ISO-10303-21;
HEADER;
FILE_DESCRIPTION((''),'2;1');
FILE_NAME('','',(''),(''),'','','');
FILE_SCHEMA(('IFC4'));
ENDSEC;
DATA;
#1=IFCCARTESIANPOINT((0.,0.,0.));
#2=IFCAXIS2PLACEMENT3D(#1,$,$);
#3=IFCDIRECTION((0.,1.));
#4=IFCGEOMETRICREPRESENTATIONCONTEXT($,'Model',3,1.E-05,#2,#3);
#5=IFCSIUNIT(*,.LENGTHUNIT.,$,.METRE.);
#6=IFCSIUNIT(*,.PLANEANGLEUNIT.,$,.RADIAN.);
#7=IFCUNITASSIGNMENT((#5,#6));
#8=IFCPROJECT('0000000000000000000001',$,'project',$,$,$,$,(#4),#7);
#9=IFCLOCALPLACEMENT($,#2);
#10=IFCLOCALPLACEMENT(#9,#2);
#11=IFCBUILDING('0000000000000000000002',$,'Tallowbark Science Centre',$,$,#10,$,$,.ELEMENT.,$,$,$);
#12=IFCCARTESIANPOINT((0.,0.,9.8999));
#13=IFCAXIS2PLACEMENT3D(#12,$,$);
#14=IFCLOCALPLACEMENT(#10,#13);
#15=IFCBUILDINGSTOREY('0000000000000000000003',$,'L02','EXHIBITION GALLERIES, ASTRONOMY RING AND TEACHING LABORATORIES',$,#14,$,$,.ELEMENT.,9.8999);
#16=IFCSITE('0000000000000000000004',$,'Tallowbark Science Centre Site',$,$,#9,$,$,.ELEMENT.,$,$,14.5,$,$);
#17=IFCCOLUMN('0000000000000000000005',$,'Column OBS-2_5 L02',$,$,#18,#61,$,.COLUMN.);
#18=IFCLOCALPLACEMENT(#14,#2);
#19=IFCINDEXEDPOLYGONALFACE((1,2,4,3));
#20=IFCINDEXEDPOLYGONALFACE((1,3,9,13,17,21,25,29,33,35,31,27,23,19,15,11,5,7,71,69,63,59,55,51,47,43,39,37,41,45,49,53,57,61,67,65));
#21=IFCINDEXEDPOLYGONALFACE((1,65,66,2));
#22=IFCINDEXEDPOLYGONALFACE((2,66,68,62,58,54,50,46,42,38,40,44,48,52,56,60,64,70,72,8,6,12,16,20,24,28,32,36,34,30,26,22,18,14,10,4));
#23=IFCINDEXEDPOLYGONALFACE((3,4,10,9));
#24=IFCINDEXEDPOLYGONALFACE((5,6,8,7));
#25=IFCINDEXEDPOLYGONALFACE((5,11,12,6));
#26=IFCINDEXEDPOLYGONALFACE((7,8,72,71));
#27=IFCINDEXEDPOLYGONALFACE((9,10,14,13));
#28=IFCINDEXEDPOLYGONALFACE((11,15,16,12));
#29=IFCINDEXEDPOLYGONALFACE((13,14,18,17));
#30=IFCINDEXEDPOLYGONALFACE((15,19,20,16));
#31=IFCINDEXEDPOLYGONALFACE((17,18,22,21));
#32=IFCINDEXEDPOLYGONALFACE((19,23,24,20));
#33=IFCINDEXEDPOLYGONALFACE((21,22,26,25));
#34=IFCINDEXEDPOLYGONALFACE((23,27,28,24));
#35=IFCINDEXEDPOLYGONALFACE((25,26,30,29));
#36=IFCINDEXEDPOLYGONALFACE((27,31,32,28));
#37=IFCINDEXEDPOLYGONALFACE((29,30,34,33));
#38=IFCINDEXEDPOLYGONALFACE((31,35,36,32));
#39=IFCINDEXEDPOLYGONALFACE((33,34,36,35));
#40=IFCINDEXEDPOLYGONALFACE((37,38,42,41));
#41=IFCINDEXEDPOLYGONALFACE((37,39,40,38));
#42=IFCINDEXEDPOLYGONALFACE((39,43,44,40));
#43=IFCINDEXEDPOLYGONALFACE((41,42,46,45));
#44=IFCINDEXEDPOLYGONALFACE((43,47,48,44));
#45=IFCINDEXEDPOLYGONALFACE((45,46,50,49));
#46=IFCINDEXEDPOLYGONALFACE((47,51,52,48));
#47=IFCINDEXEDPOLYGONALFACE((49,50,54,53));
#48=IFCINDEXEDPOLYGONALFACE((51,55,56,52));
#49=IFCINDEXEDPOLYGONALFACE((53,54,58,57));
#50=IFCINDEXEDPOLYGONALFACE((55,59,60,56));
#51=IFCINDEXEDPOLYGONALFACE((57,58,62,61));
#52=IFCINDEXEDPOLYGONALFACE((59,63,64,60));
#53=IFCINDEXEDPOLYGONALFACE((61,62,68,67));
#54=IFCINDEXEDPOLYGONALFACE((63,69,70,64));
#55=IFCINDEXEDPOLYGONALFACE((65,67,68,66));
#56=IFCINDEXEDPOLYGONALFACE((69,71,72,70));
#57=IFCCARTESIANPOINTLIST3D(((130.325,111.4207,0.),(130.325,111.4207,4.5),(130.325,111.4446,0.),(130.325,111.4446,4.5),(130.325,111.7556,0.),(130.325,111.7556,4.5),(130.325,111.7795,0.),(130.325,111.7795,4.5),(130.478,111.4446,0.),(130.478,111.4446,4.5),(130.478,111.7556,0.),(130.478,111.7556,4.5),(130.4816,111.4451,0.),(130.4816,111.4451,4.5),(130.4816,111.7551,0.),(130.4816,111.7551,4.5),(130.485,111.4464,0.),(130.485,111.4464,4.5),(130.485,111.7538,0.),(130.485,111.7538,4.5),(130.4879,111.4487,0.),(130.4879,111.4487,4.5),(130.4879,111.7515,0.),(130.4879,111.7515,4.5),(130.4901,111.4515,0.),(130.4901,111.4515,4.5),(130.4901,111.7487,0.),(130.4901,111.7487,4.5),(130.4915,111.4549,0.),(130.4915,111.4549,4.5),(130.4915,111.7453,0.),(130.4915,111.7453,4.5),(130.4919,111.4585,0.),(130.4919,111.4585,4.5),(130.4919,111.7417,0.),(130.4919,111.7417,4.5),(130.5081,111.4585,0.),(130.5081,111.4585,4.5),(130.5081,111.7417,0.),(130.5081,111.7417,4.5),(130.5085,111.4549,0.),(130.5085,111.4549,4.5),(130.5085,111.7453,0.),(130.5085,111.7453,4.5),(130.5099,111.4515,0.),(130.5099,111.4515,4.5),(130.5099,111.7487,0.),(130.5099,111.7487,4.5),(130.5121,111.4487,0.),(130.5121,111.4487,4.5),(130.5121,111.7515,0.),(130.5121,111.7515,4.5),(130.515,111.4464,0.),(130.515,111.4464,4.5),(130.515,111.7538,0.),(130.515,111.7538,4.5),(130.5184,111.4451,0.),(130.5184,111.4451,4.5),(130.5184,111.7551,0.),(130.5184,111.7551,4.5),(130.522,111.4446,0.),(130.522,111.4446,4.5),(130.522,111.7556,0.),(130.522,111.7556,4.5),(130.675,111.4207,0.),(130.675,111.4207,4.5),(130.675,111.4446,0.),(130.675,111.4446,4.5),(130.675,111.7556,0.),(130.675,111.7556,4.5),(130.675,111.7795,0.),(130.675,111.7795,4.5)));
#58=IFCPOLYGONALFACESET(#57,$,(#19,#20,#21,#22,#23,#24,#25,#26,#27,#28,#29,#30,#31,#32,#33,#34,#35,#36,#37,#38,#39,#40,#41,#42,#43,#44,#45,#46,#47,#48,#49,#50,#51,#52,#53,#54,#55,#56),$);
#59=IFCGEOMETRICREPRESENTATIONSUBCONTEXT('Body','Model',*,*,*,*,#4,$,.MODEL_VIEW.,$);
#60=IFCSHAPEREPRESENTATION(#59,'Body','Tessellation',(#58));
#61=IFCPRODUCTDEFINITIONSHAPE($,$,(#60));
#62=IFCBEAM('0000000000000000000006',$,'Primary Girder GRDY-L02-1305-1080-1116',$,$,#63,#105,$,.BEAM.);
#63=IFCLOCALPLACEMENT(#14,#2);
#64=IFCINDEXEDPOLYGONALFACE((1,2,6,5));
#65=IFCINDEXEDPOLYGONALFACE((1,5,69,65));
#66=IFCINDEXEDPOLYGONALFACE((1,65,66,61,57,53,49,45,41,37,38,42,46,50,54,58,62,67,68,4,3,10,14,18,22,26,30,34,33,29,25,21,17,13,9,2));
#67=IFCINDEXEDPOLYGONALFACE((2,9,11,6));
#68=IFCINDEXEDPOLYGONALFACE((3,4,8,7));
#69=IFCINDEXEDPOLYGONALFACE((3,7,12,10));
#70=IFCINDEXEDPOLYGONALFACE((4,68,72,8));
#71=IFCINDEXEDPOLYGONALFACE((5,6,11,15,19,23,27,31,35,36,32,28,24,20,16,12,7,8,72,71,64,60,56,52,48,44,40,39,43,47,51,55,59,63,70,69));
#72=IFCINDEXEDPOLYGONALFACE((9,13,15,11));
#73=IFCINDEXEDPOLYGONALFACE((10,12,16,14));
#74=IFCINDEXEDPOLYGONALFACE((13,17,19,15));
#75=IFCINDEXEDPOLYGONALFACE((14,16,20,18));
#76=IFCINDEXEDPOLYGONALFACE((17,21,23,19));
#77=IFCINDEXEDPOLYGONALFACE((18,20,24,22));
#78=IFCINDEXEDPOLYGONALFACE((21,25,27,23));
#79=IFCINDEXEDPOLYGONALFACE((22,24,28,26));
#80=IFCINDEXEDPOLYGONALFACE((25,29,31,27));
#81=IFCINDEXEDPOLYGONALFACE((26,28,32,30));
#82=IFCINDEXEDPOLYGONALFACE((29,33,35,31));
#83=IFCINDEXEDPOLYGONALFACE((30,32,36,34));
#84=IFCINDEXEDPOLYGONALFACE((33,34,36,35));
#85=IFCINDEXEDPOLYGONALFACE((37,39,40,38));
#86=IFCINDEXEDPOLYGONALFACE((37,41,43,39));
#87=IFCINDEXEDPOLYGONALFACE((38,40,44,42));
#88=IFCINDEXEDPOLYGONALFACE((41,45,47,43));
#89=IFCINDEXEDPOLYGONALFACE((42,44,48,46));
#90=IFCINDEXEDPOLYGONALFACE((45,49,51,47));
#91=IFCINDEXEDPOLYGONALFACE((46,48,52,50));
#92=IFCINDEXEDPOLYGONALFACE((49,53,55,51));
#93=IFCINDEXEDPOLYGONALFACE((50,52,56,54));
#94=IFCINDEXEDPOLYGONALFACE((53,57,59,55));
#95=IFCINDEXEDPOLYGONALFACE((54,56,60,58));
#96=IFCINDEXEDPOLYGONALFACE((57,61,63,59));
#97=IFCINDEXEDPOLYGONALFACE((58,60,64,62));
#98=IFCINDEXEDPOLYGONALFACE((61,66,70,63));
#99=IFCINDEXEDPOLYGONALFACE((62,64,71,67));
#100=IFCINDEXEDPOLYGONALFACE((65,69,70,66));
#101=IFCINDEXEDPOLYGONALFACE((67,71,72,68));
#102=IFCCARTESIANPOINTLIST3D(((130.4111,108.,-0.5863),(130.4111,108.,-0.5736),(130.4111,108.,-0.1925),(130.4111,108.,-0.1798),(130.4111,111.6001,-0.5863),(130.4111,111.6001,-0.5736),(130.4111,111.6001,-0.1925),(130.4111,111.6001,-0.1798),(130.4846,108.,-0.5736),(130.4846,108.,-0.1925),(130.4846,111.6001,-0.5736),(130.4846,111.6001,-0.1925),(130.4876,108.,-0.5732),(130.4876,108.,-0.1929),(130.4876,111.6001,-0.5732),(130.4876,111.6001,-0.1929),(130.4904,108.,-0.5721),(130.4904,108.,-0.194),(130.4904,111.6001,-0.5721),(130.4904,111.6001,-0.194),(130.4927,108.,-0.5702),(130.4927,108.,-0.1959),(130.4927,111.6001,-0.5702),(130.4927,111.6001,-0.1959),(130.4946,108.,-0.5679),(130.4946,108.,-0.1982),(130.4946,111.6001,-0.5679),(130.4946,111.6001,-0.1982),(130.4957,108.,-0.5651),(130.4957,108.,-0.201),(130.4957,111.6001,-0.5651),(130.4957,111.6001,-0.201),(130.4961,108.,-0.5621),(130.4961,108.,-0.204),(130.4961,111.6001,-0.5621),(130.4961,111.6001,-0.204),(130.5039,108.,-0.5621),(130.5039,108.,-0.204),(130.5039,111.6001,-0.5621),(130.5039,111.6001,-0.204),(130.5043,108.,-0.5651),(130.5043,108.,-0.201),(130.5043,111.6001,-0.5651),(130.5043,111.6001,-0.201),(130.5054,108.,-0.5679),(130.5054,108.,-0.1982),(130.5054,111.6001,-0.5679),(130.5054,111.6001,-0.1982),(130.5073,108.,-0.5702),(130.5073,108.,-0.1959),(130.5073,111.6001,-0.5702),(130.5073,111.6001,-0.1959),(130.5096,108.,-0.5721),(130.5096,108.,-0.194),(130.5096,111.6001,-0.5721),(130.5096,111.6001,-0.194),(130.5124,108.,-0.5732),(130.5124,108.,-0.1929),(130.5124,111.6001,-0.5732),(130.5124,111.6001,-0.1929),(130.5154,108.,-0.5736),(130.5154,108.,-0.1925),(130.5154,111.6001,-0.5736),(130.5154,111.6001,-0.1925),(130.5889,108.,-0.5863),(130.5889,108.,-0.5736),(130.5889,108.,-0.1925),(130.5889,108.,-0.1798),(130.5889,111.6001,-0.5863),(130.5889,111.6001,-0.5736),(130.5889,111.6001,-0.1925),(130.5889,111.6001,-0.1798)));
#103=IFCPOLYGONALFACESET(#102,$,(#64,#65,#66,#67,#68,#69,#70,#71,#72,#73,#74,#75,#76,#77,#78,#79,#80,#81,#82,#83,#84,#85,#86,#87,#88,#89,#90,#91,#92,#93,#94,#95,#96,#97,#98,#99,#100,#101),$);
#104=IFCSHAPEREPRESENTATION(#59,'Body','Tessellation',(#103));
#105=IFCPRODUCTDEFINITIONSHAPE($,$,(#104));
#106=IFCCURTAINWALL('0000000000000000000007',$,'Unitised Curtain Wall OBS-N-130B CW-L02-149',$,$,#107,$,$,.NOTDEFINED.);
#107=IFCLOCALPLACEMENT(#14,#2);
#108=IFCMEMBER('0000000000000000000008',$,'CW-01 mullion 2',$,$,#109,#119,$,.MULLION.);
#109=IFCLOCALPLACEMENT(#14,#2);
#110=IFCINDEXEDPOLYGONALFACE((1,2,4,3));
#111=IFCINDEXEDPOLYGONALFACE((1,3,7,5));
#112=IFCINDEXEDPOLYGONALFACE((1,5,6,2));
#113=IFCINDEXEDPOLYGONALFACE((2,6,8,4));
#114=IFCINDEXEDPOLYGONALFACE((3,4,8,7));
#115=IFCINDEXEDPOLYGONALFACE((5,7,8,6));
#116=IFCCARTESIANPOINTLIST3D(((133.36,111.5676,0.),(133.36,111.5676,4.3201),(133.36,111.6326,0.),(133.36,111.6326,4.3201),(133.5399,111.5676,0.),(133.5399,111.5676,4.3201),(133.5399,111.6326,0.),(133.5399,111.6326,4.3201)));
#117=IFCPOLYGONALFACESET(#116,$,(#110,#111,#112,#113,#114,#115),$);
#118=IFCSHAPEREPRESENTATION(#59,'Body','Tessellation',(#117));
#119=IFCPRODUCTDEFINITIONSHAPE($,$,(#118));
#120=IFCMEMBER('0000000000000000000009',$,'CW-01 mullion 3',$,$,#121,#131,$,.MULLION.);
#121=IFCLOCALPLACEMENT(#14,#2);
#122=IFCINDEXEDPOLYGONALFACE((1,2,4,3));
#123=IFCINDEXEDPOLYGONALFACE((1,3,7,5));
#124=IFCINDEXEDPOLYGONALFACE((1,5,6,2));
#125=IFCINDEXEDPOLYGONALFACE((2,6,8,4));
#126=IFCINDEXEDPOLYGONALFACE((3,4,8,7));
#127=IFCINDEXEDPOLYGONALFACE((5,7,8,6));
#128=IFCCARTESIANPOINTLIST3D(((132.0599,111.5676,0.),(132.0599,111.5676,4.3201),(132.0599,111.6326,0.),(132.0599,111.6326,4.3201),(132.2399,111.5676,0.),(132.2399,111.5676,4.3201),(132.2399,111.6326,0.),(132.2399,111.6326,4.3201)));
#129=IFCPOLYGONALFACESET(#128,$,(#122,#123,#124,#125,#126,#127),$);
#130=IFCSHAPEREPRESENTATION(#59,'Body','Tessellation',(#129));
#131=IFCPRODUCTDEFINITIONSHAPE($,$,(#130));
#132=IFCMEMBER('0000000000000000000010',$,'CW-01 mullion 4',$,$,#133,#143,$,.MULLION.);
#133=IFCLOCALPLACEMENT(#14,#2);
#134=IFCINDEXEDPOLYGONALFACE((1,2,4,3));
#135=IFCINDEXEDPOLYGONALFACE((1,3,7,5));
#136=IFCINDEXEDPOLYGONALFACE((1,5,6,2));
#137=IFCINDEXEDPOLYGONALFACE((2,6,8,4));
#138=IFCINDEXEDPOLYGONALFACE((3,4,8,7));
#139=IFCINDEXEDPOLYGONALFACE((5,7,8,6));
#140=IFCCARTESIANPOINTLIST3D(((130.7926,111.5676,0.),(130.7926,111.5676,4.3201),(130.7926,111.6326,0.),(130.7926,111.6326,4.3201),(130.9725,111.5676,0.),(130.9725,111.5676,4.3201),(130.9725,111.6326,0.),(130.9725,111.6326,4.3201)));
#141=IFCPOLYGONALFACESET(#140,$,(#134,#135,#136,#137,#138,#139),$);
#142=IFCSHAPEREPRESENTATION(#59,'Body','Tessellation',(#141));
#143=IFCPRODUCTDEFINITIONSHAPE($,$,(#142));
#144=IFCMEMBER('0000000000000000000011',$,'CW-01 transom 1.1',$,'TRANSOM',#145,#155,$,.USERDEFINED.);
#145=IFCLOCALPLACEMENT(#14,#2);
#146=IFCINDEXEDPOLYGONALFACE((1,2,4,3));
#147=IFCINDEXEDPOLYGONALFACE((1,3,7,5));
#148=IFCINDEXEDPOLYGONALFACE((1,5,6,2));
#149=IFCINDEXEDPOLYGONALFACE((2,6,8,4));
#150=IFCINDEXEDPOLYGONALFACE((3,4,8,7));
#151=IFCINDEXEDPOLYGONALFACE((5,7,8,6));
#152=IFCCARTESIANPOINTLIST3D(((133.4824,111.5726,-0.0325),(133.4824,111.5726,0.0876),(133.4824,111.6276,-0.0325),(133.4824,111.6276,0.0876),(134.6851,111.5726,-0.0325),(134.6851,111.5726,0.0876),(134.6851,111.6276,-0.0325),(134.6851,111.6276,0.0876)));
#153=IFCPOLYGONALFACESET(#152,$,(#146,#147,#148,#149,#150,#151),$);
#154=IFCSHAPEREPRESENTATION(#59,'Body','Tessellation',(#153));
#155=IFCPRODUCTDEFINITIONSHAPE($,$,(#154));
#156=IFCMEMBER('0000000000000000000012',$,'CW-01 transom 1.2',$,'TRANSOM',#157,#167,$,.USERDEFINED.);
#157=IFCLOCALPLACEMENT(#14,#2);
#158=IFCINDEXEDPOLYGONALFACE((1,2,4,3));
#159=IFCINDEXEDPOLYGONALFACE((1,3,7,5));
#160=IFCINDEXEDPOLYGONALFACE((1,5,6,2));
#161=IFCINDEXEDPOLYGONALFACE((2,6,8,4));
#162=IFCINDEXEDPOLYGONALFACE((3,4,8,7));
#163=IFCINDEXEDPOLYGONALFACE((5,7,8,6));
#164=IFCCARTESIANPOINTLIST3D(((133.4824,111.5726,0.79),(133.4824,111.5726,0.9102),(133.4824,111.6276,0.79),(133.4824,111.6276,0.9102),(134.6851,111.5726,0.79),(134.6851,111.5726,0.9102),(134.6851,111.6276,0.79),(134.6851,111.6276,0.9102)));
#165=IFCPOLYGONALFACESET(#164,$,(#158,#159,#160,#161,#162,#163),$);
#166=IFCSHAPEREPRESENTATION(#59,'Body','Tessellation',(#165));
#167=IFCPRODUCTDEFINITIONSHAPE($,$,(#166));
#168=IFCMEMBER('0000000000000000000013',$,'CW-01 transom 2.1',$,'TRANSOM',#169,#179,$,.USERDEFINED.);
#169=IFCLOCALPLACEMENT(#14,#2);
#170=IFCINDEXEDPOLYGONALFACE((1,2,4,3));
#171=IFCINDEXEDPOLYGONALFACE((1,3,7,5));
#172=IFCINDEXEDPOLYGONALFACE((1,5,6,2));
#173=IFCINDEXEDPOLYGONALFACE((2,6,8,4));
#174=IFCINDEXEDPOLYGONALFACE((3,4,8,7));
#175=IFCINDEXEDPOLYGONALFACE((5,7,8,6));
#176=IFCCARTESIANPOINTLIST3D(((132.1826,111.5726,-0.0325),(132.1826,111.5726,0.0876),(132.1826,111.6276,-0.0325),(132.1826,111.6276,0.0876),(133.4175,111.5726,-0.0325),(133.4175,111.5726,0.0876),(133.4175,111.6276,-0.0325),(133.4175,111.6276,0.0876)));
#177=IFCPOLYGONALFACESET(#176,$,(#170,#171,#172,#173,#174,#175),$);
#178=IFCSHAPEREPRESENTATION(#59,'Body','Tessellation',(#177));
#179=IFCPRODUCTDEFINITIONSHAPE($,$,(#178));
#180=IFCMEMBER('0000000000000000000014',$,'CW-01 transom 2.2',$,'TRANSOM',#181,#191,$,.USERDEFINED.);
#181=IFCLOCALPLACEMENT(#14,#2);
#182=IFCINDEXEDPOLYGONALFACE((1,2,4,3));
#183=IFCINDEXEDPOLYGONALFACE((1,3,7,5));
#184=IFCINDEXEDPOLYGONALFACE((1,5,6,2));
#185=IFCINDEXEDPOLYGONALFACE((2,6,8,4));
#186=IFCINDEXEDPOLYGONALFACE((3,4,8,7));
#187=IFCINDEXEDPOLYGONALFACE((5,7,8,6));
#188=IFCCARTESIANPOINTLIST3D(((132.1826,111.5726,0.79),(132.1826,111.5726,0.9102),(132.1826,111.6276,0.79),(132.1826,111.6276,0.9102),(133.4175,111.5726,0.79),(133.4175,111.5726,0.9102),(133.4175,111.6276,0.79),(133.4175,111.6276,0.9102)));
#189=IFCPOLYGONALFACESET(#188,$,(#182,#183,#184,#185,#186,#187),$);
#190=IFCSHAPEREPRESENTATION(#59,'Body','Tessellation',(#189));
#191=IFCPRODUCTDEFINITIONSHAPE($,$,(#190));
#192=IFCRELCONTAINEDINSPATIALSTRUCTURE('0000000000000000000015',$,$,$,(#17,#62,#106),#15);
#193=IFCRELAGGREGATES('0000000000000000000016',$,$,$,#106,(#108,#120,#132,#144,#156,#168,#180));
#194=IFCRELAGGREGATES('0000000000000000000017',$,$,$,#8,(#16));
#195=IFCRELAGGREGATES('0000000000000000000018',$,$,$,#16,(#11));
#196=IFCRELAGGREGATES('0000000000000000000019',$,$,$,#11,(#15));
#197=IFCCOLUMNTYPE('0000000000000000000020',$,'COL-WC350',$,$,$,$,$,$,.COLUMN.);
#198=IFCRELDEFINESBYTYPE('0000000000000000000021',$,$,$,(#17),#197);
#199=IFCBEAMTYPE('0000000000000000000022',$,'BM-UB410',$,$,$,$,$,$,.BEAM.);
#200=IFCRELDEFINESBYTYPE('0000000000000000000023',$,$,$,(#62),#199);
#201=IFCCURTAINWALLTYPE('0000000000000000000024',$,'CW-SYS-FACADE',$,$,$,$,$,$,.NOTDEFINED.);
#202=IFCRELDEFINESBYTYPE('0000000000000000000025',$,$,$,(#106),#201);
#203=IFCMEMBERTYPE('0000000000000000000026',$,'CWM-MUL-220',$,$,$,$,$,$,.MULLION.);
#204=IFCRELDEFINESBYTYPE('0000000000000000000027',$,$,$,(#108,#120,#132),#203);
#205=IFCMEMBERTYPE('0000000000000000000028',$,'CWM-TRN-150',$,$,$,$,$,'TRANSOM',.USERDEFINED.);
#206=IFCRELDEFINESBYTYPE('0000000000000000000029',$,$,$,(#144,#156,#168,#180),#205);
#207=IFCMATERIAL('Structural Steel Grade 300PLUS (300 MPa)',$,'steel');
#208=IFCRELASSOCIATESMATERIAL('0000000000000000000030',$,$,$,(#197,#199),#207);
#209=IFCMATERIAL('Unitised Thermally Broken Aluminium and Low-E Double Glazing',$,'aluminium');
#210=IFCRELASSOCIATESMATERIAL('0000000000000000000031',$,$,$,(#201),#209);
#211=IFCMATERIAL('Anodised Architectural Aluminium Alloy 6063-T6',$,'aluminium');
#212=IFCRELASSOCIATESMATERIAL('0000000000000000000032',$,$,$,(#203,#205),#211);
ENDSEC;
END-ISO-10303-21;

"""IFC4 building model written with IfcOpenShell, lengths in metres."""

from ifc_helpers import new_model, si_unit, direction, frame, origin, origin_2d, place, context, subcontext, project, spatial, rectangle, i_section, extrude, material, material_profile, profile_set, type_object, element, aggregate, save


model = new_model("IFC4")

# Units and contexts
model_context = context("Model", 3, precision=1e-05, world=origin(), true_north=direction((0.0, 1.0)))
body_context = subcontext(model_context, "Body", "Model", "MODEL_VIEW")
ifc_project = project(units=[si_unit("LENGTHUNIT", "METRE"), si_unit("PLANEANGLEUNIT", "RADIAN")], contexts=[model_context])

# Site, building, storey
site_placement = place(None, origin())
site = spatial("IfcSite", under=ifc_project, at=site_placement, Name="Tallowbark Science Centre Site", CompositionType="ELEMENT", RefElevation=14.5)
building_placement = place(site_placement, origin())
building = spatial("IfcBuilding", under=site, at=building_placement, Name="Tallowbark Science Centre", CompositionType="ELEMENT")
storey_placement = place(building_placement, frame((0.0, 0.0, 9.8999)))
storey = spatial("IfcBuildingStorey", under=building, at=storey_placement, Name="L02", Description="EXHIBITION GALLERIES, ASTRONOMY RING AND TEACHING LABORATORIES", CompositionType="ELEMENT", Elevation=9.8999)

# Column
ifc_material_1 = material(Name="Structural Steel Grade 300PLUS (300 MPa)", Category="steel")
ifc_material_profile_1 = material_profile(ifc_material_1, i_section(OverallWidth=0.3501, OverallDepth=0.3589, WebThickness=0.0161, FlangeThickness=0.0239, FilletRadius=0.0139, at=origin_2d()), Name="350WC197")
ifc_profile_set_1 = profile_set([ifc_material_profile_1], Name="Structural Steel Grade 300PLUS (300 MPa)")
column_type = type_object("IfcColumnType", Name="COL-WC350", PredefinedType="COLUMN", material=ifc_profile_set_1)
column_placement = place(storey_placement, frame((130.5, 111.6001, 0.0), z_axis=(0.0, 0.0, 1.0), x_axis=(1.0, 0.0, 0.0)))
element("IfcColumn", 1, at=column_placement, inside=storey, type_object=column_type, Name="Column OBS-2_5 L02", PredefinedType="COLUMN", context=body_context, shape_type="SweptSolid", body=[
    extrude(i_section(OverallWidth=0.3501, OverallDepth=0.3589, WebThickness=0.0161, FlangeThickness=0.0239, FilletRadius=0.0139, at=origin_2d()), origin(), (0.0, 0.0, 1.0), 4.5),
])

# Beam
ifc_material_profile_2 = material_profile(ifc_material_1, i_section(OverallWidth=0.1777, OverallDepth=0.4065, WebThickness=0.0078, FlangeThickness=0.0127, FilletRadius=0.0115, at=origin_2d()), Name="410UB59.7")
ifc_profile_set_2 = profile_set([ifc_material_profile_2], Name="Structural Steel Grade 300PLUS (300 MPa)")
beam_type_1 = type_object("IfcBeamType", Name="BM-UB410", PredefinedType="BEAM", material=ifc_profile_set_2)
beam_placement = place(storey_placement, frame((130.5, 108.0, -0.3831), z_axis=(0.0, 1.0, 0.0), x_axis=(-1.0, 0.0, 0.0)))
element("IfcBeam", 2, at=beam_placement, inside=storey, type_object=beam_type_1, Name="Primary Girder GRDY-L02-1305-1080-1116", PredefinedType="BEAM", context=body_context, shape_type="SweptSolid", body=[
    extrude(i_section(OverallWidth=0.1777, OverallDepth=0.4065, WebThickness=0.0078, FlangeThickness=0.0127, FilletRadius=0.0115, at=origin_2d()), origin(), (0.0, 0.0, 1.0), 3.6001),
])

# Curtain wall, members
ifc_material_2 = material(Name="Unitised Thermally Broken Aluminium and Low-E Double Glazing", Category="aluminium")
curtain_wall_type = type_object("IfcCurtainWallType", Name="CW-SYS-FACADE", PredefinedType="NOTDEFINED", material=ifc_material_2)
curtain_wall_placement = place(storey_placement, origin())
curtain_wall = element("IfcCurtainWall", 3, at=curtain_wall_placement, inside=storey, type_object=curtain_wall_type, Name="Unitised Curtain Wall OBS-N-130B CW-L02-149", PredefinedType="NOTDEFINED")
ifc_material_3 = material(Name="Anodised Architectural Aluminium Alloy 6063-T6", Category="aluminium")
ifc_material_profile_3 = material_profile(ifc_material_3, rectangle(XDim=0.0649, YDim=0.1799, at=origin_2d()), Name="ALU65x180")
ifc_profile_set_3 = profile_set([ifc_material_profile_3], Name="Anodised Architectural Aluminium Alloy 6063-T6")
member_type_1 = type_object("IfcMemberType", Name="CWM-MUL-220", PredefinedType="MULLION", material=ifc_profile_set_3)
member_1_placement = place(storey_placement, frame((133.45, 111.6001, 0.0), z_axis=(0.0, 0.0, 1.0), x_axis=(0.0, -1.0, 0.0)))
member_1 = element("IfcMember", 4, at=member_1_placement, type_object=member_type_1, Name="CW-01 mullion 2", PredefinedType="MULLION", context=body_context, shape_type="SweptSolid", body=[
    extrude(rectangle(XDim=0.0649, YDim=0.1799, at=origin_2d()), origin(), (0.0, 0.0, 1.0), 4.3201),
])
member_2_placement = place(storey_placement, frame((132.1499, 111.6001, 0.0), z_axis=(0.0, 0.0, 1.0), x_axis=(0.0, -1.0, 0.0)))
member_2 = element("IfcMember", 5, at=member_2_placement, type_object=member_type_1, Name="CW-01 mullion 3", PredefinedType="MULLION", context=body_context, shape_type="SweptSolid", body=[
    extrude(rectangle(XDim=0.0649, YDim=0.1799, at=origin_2d()), origin(), (0.0, 0.0, 1.0), 4.3201),
])
member_3_placement = place(storey_placement, frame((130.8826, 111.6001, 0.0), z_axis=(0.0, 0.0, 1.0), x_axis=(0.0, -1.0, 0.0)))
member_3 = element("IfcMember", 6, at=member_3_placement, type_object=member_type_1, Name="CW-01 mullion 4", PredefinedType="MULLION", context=body_context, shape_type="SweptSolid", body=[
    extrude(rectangle(XDim=0.0649, YDim=0.1799, at=origin_2d()), origin(), (0.0, 0.0, 1.0), 4.3201),
])
ifc_material_profile_4 = material_profile(ifc_material_3, rectangle(XDim=0.0549, YDim=0.1201, at=origin_2d()), Name="ALU55x120")
ifc_profile_set_4 = profile_set([ifc_material_profile_4], Name="Anodised Architectural Aluminium Alloy 6063-T6")
member_type_2 = type_object("IfcMemberType", Name="CWM-TRN-150", ElementType="TRANSOM", PredefinedType="USERDEFINED", material=ifc_profile_set_4)
member_4_placement = place(storey_placement, frame((134.6851, 111.6001, 0.0276), z_axis=(-1.0, 0.0, 0.0), x_axis=(0.0, -1.0, 0.0)))
member_4 = element("IfcMember", 7, at=member_4_placement, type_object=member_type_2, Name="CW-01 transom 1.1", ObjectType="TRANSOM", PredefinedType="USERDEFINED", context=body_context, shape_type="SweptSolid", body=[
    extrude(rectangle(XDim=0.0549, YDim=0.1201, at=origin_2d()), origin(), (0.0, 0.0, 1.0), 1.2026),
])
member_5_placement = place(storey_placement, frame((134.6851, 111.6001, 0.8501), z_axis=(-1.0, 0.0, 0.0), x_axis=(0.0, -1.0, 0.0)))
member_5 = element("IfcMember", 8, at=member_5_placement, type_object=member_type_2, Name="CW-01 transom 1.2", ObjectType="TRANSOM", PredefinedType="USERDEFINED", context=body_context, shape_type="SweptSolid", body=[
    extrude(rectangle(XDim=0.0549, YDim=0.1201, at=origin_2d()), origin(), (0.0, 0.0, 1.0), 1.2026),
])
member_6_placement = place(storey_placement, frame((133.4175, 111.6001, 0.0276), z_axis=(-1.0, 0.0, 0.0), x_axis=(0.0, -1.0, 0.0)))
member_6 = element("IfcMember", 9, at=member_6_placement, type_object=member_type_2, Name="CW-01 transom 2.1", ObjectType="TRANSOM", PredefinedType="USERDEFINED", context=body_context, shape_type="SweptSolid", body=[
    extrude(rectangle(XDim=0.0549, YDim=0.1201, at=origin_2d()), origin(), (0.0, 0.0, 1.0), 1.2349),
])
member_7_placement = place(storey_placement, frame((133.4175, 111.6001, 0.8501), z_axis=(-1.0, 0.0, 0.0), x_axis=(0.0, -1.0, 0.0)))
member_7 = element("IfcMember", 10, at=member_7_placement, type_object=member_type_2, Name="CW-01 transom 2.2", ObjectType="TRANSOM", PredefinedType="USERDEFINED", context=body_context, shape_type="SweptSolid", body=[
    extrude(rectangle(XDim=0.0549, YDim=0.1201, at=origin_2d()), origin(), (0.0, 0.0, 1.0), 1.2349),
])

aggregate(curtain_wall, [member_1, member_2, member_3, member_4, member_5, member_6, member_7])

save(model, "model.ifc")
